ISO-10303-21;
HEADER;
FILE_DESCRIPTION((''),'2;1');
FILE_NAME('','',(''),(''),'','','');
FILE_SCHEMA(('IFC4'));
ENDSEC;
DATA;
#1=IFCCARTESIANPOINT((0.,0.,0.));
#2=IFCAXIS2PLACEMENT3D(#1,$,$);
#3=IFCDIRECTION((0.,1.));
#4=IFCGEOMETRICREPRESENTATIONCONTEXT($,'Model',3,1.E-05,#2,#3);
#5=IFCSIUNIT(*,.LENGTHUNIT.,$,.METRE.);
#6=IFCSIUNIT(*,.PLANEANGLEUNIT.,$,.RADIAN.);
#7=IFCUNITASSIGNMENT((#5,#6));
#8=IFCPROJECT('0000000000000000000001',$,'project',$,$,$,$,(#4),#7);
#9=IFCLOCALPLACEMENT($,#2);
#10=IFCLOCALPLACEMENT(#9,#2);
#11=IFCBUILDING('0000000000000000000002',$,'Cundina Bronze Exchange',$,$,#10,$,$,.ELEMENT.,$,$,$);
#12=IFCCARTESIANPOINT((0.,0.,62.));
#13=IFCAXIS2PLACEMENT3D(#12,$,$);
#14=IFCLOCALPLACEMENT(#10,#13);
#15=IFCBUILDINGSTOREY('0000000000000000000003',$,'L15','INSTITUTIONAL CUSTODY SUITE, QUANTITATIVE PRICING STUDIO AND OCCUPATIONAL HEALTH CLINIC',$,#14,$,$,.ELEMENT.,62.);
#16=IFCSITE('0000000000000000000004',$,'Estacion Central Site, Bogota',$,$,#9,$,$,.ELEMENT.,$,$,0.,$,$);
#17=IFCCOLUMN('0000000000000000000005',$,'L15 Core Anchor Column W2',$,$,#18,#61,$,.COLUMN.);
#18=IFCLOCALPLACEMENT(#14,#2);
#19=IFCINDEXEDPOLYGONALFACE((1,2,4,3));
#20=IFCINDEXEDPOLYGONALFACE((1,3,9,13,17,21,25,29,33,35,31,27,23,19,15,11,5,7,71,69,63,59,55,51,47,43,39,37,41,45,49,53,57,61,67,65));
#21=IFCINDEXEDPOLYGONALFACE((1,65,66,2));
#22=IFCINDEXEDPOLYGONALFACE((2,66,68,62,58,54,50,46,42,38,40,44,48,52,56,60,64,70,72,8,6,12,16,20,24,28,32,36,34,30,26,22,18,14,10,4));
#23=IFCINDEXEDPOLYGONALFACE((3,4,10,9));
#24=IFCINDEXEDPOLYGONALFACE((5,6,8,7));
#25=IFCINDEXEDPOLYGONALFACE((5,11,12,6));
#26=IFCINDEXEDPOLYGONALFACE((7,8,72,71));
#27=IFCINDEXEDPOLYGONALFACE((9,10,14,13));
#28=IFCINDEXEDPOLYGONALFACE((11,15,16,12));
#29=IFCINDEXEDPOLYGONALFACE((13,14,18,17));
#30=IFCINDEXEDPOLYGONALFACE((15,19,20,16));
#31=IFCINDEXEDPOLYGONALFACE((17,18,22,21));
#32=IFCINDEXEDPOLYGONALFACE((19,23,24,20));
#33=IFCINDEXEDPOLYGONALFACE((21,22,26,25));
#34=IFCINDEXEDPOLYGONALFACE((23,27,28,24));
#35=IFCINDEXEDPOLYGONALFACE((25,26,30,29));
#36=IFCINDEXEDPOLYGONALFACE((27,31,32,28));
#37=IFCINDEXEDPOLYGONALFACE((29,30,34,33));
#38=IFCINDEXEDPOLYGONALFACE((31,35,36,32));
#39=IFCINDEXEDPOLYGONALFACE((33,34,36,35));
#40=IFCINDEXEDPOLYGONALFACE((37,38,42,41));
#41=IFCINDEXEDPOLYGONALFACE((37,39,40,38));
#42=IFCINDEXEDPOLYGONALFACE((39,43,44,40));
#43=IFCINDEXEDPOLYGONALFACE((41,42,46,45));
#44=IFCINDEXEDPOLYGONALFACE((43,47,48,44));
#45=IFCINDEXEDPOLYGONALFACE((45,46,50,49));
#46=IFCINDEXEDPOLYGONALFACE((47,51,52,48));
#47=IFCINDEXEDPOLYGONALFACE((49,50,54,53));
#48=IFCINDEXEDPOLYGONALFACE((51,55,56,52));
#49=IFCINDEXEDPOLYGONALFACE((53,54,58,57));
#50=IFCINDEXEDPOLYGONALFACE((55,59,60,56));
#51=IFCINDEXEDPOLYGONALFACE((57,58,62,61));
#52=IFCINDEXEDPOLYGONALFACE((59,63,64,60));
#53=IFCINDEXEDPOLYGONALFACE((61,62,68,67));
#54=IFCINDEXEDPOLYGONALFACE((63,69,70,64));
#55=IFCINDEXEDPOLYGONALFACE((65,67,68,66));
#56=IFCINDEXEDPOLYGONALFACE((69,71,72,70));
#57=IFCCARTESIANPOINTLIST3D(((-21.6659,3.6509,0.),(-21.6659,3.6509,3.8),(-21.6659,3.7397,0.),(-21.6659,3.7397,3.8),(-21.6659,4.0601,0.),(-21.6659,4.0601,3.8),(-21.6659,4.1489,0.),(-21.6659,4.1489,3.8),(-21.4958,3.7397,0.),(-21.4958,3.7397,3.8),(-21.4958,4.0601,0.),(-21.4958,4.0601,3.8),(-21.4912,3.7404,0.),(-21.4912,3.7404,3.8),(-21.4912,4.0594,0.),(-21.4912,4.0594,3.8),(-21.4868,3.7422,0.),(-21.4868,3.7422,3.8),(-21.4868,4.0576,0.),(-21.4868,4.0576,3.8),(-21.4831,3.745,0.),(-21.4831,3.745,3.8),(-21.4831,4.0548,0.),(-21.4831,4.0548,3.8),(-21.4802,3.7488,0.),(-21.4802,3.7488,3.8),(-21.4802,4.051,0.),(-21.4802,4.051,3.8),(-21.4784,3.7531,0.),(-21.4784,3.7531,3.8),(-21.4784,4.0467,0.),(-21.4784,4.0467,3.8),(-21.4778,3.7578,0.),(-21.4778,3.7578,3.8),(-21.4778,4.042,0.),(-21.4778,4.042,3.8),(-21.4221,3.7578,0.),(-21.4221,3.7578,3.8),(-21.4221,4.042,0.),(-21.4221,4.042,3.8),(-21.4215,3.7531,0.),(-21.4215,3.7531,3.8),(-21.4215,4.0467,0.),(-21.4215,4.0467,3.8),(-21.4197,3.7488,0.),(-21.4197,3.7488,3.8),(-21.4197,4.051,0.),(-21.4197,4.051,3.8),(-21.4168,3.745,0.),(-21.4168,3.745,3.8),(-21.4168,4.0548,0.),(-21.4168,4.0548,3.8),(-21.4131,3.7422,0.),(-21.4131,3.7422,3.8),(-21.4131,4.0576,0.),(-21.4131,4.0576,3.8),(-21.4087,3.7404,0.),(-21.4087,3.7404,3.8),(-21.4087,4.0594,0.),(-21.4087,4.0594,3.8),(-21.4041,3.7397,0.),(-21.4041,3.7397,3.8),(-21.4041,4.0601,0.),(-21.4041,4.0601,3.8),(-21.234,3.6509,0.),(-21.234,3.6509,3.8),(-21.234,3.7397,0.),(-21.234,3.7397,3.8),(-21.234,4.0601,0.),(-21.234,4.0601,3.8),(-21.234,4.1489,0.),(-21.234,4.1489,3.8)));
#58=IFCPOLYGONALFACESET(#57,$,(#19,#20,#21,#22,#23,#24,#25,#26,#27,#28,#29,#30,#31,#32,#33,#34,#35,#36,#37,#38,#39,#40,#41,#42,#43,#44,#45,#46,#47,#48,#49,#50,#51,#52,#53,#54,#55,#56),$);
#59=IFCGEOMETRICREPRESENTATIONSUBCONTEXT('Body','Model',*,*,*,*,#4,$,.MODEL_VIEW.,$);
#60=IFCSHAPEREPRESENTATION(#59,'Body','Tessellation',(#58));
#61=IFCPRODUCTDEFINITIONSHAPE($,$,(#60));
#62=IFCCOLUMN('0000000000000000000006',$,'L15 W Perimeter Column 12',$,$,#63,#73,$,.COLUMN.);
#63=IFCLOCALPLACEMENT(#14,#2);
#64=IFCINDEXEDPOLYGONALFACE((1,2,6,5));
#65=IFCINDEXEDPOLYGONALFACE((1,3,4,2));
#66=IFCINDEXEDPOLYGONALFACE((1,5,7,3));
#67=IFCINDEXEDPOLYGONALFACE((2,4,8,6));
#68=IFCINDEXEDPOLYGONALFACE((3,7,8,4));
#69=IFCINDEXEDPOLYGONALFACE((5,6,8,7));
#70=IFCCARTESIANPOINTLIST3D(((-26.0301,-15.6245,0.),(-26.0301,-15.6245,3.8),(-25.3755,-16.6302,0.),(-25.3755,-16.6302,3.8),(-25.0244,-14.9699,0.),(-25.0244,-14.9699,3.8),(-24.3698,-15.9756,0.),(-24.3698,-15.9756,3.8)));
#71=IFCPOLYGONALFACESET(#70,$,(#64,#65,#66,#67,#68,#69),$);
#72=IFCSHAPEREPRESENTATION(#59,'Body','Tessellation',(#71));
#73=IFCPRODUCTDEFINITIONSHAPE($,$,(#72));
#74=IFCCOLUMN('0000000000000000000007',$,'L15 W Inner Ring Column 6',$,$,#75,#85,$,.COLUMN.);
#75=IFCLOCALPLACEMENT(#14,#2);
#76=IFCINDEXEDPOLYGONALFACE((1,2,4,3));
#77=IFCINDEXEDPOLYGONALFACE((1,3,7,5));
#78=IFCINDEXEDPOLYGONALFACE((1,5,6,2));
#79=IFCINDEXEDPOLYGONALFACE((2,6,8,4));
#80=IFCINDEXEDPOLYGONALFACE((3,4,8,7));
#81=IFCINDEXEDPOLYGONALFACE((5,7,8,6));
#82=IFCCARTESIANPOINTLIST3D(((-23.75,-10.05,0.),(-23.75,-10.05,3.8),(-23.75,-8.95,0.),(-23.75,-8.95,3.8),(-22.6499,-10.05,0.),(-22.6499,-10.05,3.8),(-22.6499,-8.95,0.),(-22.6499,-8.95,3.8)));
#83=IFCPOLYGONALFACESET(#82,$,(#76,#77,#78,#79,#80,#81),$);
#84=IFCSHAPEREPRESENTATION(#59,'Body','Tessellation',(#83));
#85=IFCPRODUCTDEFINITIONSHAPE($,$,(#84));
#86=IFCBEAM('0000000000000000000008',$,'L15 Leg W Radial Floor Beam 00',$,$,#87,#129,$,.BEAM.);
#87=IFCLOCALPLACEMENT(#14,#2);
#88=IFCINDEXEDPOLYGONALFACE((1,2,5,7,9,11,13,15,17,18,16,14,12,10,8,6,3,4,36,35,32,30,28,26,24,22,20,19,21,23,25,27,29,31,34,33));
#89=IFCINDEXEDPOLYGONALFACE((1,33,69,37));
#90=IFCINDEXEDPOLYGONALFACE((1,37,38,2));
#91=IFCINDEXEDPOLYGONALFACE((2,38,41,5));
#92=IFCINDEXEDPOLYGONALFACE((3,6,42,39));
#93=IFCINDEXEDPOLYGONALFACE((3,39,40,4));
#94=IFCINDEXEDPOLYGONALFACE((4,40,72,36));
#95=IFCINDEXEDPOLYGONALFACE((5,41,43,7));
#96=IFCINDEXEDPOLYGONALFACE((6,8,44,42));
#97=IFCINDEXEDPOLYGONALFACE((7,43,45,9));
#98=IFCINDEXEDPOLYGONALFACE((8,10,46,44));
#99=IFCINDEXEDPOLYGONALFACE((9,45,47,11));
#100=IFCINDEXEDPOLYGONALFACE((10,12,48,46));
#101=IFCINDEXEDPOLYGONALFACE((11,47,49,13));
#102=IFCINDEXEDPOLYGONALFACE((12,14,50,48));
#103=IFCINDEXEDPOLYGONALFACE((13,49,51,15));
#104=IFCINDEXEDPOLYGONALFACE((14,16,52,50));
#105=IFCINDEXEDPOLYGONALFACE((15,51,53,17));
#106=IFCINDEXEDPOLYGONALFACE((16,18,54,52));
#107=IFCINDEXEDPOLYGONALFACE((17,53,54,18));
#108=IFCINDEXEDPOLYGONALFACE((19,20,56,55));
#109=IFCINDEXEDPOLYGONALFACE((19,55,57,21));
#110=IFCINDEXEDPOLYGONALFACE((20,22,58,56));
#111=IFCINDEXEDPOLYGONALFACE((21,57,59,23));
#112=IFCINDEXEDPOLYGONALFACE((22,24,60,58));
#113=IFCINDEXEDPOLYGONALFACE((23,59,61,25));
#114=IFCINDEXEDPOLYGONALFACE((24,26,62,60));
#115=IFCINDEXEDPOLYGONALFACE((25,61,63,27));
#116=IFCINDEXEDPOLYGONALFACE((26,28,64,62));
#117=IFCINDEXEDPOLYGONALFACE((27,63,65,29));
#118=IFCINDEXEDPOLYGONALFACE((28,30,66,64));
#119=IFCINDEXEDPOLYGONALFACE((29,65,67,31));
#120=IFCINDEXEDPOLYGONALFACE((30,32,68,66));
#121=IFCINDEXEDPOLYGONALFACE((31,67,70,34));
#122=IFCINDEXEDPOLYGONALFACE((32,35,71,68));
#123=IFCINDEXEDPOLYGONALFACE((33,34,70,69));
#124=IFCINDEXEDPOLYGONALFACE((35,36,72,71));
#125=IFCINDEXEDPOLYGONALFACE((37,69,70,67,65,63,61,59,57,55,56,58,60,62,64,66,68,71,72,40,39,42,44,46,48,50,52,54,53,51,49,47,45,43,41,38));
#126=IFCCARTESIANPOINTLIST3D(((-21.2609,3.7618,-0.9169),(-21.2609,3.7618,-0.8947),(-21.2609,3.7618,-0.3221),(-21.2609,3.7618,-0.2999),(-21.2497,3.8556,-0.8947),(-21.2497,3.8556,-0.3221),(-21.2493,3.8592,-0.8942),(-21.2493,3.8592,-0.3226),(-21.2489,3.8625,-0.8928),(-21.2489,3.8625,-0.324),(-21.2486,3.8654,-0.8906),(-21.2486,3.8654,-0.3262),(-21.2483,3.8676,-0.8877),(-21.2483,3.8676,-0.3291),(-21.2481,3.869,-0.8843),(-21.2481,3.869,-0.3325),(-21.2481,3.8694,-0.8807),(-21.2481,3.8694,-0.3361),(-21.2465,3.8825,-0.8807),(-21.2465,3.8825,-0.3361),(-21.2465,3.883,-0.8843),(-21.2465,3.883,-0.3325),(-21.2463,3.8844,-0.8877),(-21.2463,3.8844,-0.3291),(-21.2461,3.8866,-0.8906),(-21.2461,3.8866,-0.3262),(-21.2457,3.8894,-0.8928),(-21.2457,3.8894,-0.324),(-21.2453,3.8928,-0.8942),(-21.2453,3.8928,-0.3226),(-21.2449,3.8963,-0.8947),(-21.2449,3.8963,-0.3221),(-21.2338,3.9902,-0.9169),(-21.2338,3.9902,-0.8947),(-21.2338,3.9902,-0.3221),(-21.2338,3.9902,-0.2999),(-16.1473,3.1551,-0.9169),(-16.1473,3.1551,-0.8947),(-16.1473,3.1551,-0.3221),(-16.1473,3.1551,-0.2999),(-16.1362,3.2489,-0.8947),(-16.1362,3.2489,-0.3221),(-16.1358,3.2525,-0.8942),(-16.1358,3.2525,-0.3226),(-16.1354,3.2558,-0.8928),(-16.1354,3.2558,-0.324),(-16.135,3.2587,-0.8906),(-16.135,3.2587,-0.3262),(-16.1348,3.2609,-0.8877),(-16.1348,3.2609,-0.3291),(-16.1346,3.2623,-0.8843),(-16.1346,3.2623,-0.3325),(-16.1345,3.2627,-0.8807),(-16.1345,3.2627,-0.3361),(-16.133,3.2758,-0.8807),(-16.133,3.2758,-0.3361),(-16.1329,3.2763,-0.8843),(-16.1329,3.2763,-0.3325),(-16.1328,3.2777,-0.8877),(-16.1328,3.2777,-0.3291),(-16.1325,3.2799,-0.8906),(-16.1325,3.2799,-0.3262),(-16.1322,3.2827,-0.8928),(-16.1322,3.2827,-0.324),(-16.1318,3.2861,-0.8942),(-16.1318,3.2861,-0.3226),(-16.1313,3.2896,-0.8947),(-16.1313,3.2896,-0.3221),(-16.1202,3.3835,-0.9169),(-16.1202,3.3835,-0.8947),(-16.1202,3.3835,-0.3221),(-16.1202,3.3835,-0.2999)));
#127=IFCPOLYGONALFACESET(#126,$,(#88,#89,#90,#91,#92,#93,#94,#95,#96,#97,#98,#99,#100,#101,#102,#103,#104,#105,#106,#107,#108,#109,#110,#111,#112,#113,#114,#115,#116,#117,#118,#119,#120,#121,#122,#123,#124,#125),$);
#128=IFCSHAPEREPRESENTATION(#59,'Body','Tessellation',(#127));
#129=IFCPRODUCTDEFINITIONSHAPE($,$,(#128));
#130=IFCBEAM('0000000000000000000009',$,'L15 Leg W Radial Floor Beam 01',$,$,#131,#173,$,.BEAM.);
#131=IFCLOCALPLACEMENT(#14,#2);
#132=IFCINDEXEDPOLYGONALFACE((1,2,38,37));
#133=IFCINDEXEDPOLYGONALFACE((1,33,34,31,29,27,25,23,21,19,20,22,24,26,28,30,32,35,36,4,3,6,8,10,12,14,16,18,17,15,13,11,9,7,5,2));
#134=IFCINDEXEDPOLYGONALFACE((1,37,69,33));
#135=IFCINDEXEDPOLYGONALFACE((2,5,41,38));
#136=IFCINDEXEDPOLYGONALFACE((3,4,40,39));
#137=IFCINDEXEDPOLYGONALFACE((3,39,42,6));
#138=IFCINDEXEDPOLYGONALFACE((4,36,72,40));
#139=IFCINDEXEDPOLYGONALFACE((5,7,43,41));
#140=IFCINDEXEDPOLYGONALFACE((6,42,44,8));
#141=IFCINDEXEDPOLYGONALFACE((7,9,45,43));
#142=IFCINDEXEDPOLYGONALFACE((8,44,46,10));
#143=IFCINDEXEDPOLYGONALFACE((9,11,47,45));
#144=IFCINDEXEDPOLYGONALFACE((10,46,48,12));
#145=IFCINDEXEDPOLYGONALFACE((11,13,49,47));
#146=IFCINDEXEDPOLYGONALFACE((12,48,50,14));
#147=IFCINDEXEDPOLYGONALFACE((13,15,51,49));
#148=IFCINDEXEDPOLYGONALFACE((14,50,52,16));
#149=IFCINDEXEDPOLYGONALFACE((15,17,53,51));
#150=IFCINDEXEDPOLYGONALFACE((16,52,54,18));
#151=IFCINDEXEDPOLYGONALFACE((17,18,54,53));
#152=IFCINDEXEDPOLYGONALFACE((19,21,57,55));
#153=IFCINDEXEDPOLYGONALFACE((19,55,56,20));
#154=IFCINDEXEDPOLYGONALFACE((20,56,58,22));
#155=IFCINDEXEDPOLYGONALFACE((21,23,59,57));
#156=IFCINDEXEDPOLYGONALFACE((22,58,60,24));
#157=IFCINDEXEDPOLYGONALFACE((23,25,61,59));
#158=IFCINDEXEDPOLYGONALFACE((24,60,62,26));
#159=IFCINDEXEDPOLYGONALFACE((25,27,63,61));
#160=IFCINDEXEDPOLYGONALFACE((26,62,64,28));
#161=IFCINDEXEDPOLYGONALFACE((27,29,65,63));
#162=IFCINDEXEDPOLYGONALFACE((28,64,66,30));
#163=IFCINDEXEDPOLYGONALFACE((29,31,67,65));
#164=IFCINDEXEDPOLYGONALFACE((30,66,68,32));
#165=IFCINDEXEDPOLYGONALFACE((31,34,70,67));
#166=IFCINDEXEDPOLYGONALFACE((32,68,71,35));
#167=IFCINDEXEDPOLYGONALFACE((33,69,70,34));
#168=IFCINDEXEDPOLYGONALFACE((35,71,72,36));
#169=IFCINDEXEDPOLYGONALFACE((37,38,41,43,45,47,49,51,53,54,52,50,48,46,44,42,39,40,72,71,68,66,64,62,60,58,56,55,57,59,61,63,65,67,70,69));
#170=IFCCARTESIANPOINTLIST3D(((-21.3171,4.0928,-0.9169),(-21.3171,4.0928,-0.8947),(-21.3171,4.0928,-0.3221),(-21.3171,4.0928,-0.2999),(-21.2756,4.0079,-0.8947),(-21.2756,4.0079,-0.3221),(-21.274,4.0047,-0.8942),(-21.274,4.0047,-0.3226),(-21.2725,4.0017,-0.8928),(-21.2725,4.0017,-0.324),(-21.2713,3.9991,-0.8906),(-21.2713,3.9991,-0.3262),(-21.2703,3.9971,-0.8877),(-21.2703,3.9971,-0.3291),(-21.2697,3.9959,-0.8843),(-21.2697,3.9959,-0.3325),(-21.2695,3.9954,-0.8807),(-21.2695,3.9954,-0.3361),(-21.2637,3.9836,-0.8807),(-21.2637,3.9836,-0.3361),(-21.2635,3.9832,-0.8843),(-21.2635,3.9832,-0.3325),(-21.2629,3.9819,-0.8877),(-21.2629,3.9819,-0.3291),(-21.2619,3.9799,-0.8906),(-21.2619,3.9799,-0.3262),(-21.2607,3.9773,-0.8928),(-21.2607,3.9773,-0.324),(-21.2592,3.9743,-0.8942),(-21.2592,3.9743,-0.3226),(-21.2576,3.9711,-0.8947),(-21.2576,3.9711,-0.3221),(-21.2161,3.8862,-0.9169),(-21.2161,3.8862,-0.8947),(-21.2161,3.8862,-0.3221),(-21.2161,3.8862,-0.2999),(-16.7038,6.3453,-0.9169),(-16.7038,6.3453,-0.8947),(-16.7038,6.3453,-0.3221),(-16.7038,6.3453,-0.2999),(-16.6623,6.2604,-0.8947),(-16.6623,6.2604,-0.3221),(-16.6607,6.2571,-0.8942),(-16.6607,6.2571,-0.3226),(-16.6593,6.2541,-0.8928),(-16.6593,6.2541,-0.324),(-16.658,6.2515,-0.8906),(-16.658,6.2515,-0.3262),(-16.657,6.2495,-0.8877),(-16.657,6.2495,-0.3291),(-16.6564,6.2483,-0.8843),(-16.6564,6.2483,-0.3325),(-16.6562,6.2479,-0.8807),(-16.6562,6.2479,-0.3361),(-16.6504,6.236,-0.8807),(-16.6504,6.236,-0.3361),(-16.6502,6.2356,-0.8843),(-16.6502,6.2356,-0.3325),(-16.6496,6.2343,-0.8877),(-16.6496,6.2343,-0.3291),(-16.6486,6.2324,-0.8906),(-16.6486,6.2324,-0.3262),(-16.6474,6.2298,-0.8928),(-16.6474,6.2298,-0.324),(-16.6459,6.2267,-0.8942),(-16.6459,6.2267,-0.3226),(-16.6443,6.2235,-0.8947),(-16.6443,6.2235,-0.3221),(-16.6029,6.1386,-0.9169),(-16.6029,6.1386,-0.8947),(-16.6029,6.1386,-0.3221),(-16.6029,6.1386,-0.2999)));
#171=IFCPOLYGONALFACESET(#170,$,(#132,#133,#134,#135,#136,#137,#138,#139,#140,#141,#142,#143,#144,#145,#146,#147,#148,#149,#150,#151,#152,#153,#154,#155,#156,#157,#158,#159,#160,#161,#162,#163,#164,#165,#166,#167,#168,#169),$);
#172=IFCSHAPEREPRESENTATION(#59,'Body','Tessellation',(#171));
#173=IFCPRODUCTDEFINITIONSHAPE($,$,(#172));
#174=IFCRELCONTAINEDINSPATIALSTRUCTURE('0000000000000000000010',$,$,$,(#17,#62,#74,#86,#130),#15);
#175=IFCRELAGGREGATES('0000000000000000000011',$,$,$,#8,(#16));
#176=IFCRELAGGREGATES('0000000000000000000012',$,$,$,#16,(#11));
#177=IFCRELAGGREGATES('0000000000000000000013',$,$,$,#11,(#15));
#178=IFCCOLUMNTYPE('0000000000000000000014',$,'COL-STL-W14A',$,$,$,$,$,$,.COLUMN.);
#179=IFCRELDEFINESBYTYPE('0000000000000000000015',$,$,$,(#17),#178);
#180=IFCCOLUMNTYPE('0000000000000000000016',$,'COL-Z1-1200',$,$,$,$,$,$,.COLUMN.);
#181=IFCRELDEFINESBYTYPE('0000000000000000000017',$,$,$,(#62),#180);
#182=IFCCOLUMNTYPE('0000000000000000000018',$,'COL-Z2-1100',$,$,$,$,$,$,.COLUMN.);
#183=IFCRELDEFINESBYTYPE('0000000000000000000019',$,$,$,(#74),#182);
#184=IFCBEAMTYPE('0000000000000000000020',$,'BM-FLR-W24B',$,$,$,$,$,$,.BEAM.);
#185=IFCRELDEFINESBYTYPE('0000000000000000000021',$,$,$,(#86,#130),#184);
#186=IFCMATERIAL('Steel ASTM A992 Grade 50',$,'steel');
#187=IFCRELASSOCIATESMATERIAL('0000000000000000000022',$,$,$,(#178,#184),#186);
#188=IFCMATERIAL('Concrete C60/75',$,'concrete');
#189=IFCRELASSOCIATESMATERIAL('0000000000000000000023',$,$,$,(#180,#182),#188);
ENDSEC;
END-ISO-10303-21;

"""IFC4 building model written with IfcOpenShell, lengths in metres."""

from ifc_helpers import new_model, si_unit, direction, frame, origin, origin_2d, place, context, subcontext, project, spatial, rectangle, i_section, extrude, material, material_profile, profile_set, type_object, element, save


model = new_model("IFC4")

# Units and contexts
model_context = context("Model", 3, precision=1e-05, world=origin(), true_north=direction((0.0, 1.0)))
body_context = subcontext(model_context, "Body", "Model", "MODEL_VIEW")
ifc_project = project(units=[si_unit("LENGTHUNIT", "METRE"), si_unit("PLANEANGLEUNIT", "RADIAN")], contexts=[model_context])

# Site, building, storey
site_placement = place(None, origin())
site = spatial("IfcSite", under=ifc_project, at=site_placement, Name="Estacion Central Site, Bogota", CompositionType="ELEMENT", RefElevation=0.0)
building_placement = place(site_placement, origin())
building = spatial("IfcBuilding", under=site, at=building_placement, Name="Cundina Bronze Exchange", CompositionType="ELEMENT")
storey_placement = place(building_placement, frame((0.0, 0.0, 62.0)))
storey = spatial("IfcBuildingStorey", under=building, at=storey_placement, Name="L15", Description="INSTITUTIONAL CUSTODY SUITE, QUANTITATIVE PRICING STUDIO AND OCCUPATIONAL HEALTH CLINIC", CompositionType="ELEMENT", Elevation=62.0)

# Columns
ifc_material_1 = material(Name="Steel ASTM A992 Grade 50", Category="steel")
ifc_material_profile_1 = material_profile(ifc_material_1, i_section(OverallWidth=0.4319, OverallDepth=0.498, WebThickness=0.0557, FlangeThickness=0.0889, FilletRadius=0.0181, at=origin_2d()), Name="W14X500", Category="steel")
ifc_profile_set_1 = profile_set([ifc_material_profile_1], Name="Steel ASTM A992 Grade 50")
column_type_1 = type_object("IfcColumnType", Name="COL-STL-W14A", PredefinedType="COLUMN", material=ifc_profile_set_1)
column_1_placement = place(storey_placement, frame((-21.45, 3.8999, 0.0), z_axis=(0.0, 0.0, 1.0), x_axis=(1.0, 0.0, 0.0)))
element("IfcColumn", 1, at=column_1_placement, inside=storey, type_object=column_type_1, Name="L15 Core Anchor Column W2", PredefinedType="COLUMN", context=body_context, shape_type="SweptSolid", body=[
    extrude(i_section(OverallWidth=0.4319, OverallDepth=0.498, WebThickness=0.0557, FlangeThickness=0.0889, FilletRadius=0.0181, at=origin_2d()), origin(), (0.0, 0.0, 1.0), 3.8),
])
ifc_material_2 = material(Name="Concrete C60/75", Category="concrete")
ifc_material_profile_2 = material_profile(ifc_material_2, rectangle(XDim=1.2, YDim=1.2, at=origin_2d()), Name="RC1200X1200", Category="concrete")
ifc_profile_set_2 = profile_set([ifc_material_profile_2], Name="Concrete C60/75")
column_type_2 = type_object("IfcColumnType", Name="COL-Z1-1200", PredefinedType="COLUMN", material=ifc_profile_set_2)
column_2_placement = place(storey_placement, frame((-25.2, -15.8, 0.0), z_axis=(0.0, 0.0, 1.0), x_axis=(0.8381, 0.545517, 0.0)))
element("IfcColumn", 2, at=column_2_placement, inside=storey, type_object=column_type_2, Name="L15 W Perimeter Column 12", PredefinedType="COLUMN", context=body_context, shape_type="SweptSolid", body=[
    extrude(rectangle(XDim=1.2, YDim=1.2, at=origin_2d()), origin(), (0.0, 0.0, 1.0), 3.8),
])
ifc_material_profile_3 = material_profile(ifc_material_2, rectangle(XDim=1.1001, YDim=1.1001, at=origin_2d()), Name="RC1100X1100", Category="concrete")
ifc_profile_set_3 = profile_set([ifc_material_profile_3], Name="Concrete C60/75")
column_type_3 = type_object("IfcColumnType", Name="COL-Z2-1100", PredefinedType="COLUMN", material=ifc_profile_set_3)
column_3_placement = place(storey_placement, frame((-23.2, -9.5, 0.0), z_axis=(0.0, 0.0, 1.0), x_axis=(1.0, 0.0, 0.0)))
element("IfcColumn", 3, at=column_3_placement, inside=storey, type_object=column_type_3, Name="L15 W Inner Ring Column 6", PredefinedType="COLUMN", context=body_context, shape_type="SweptSolid", body=[
    extrude(rectangle(XDim=1.1001, YDim=1.1001, at=origin_2d()), origin(), (0.0, 0.0, 1.0), 3.8),
])

# Beams
ifc_material_profile_4 = material_profile(ifc_material_1, i_section(OverallWidth=0.23, OverallDepth=0.6169, WebThickness=0.0132, FlangeThickness=0.0222, FilletRadius=0.0139, at=origin_2d()), Name="W24X94", Category="steel")
ifc_profile_set_4 = profile_set([ifc_material_profile_4], Name="Steel ASTM A992 Grade 50")
beam_type_1 = type_object("IfcBeamType", Name="BM-FLR-W24B", PredefinedType="BEAM", material=ifc_profile_set_4)
beam_1_placement = place(storey_placement, frame((-21.2473, 3.876, -0.6084), z_axis=(0.993035, -0.117818, 0.0), x_axis=(0.117818, 0.993035, 0.0)))
element("IfcBeam", 4, at=beam_1_placement, inside=storey, type_object=beam_type_1, Name="L15 Leg W Radial Floor Beam 00", PredefinedType="BEAM", context=body_context, shape_type="SweptSolid", body=[
    extrude(i_section(OverallWidth=0.23, OverallDepth=0.6169, WebThickness=0.0132, FlangeThickness=0.0222, FilletRadius=0.0139, at=origin_2d()), origin(), (0.0, 0.0, 1.0), 5.1494),
])
beam_2_placement = place(storey_placement, frame((-21.2666, 3.9895, -0.6084), z_axis=(0.89861, 0.438748, 0.0), x_axis=(-0.438748, 0.89861, 0.0)))
element("IfcBeam", 5, at=beam_2_placement, inside=storey, type_object=beam_type_1, Name="L15 Leg W Radial Floor Beam 01", PredefinedType="BEAM", context=body_context, shape_type="SweptSolid", body=[
    extrude(i_section(OverallWidth=0.23, OverallDepth=0.6169, WebThickness=0.0132, FlangeThickness=0.0222, FilletRadius=0.0139, at=origin_2d()), origin(), (0.0, 0.0, 1.0), 5.1338),
])

save(model, "model.ifc")
